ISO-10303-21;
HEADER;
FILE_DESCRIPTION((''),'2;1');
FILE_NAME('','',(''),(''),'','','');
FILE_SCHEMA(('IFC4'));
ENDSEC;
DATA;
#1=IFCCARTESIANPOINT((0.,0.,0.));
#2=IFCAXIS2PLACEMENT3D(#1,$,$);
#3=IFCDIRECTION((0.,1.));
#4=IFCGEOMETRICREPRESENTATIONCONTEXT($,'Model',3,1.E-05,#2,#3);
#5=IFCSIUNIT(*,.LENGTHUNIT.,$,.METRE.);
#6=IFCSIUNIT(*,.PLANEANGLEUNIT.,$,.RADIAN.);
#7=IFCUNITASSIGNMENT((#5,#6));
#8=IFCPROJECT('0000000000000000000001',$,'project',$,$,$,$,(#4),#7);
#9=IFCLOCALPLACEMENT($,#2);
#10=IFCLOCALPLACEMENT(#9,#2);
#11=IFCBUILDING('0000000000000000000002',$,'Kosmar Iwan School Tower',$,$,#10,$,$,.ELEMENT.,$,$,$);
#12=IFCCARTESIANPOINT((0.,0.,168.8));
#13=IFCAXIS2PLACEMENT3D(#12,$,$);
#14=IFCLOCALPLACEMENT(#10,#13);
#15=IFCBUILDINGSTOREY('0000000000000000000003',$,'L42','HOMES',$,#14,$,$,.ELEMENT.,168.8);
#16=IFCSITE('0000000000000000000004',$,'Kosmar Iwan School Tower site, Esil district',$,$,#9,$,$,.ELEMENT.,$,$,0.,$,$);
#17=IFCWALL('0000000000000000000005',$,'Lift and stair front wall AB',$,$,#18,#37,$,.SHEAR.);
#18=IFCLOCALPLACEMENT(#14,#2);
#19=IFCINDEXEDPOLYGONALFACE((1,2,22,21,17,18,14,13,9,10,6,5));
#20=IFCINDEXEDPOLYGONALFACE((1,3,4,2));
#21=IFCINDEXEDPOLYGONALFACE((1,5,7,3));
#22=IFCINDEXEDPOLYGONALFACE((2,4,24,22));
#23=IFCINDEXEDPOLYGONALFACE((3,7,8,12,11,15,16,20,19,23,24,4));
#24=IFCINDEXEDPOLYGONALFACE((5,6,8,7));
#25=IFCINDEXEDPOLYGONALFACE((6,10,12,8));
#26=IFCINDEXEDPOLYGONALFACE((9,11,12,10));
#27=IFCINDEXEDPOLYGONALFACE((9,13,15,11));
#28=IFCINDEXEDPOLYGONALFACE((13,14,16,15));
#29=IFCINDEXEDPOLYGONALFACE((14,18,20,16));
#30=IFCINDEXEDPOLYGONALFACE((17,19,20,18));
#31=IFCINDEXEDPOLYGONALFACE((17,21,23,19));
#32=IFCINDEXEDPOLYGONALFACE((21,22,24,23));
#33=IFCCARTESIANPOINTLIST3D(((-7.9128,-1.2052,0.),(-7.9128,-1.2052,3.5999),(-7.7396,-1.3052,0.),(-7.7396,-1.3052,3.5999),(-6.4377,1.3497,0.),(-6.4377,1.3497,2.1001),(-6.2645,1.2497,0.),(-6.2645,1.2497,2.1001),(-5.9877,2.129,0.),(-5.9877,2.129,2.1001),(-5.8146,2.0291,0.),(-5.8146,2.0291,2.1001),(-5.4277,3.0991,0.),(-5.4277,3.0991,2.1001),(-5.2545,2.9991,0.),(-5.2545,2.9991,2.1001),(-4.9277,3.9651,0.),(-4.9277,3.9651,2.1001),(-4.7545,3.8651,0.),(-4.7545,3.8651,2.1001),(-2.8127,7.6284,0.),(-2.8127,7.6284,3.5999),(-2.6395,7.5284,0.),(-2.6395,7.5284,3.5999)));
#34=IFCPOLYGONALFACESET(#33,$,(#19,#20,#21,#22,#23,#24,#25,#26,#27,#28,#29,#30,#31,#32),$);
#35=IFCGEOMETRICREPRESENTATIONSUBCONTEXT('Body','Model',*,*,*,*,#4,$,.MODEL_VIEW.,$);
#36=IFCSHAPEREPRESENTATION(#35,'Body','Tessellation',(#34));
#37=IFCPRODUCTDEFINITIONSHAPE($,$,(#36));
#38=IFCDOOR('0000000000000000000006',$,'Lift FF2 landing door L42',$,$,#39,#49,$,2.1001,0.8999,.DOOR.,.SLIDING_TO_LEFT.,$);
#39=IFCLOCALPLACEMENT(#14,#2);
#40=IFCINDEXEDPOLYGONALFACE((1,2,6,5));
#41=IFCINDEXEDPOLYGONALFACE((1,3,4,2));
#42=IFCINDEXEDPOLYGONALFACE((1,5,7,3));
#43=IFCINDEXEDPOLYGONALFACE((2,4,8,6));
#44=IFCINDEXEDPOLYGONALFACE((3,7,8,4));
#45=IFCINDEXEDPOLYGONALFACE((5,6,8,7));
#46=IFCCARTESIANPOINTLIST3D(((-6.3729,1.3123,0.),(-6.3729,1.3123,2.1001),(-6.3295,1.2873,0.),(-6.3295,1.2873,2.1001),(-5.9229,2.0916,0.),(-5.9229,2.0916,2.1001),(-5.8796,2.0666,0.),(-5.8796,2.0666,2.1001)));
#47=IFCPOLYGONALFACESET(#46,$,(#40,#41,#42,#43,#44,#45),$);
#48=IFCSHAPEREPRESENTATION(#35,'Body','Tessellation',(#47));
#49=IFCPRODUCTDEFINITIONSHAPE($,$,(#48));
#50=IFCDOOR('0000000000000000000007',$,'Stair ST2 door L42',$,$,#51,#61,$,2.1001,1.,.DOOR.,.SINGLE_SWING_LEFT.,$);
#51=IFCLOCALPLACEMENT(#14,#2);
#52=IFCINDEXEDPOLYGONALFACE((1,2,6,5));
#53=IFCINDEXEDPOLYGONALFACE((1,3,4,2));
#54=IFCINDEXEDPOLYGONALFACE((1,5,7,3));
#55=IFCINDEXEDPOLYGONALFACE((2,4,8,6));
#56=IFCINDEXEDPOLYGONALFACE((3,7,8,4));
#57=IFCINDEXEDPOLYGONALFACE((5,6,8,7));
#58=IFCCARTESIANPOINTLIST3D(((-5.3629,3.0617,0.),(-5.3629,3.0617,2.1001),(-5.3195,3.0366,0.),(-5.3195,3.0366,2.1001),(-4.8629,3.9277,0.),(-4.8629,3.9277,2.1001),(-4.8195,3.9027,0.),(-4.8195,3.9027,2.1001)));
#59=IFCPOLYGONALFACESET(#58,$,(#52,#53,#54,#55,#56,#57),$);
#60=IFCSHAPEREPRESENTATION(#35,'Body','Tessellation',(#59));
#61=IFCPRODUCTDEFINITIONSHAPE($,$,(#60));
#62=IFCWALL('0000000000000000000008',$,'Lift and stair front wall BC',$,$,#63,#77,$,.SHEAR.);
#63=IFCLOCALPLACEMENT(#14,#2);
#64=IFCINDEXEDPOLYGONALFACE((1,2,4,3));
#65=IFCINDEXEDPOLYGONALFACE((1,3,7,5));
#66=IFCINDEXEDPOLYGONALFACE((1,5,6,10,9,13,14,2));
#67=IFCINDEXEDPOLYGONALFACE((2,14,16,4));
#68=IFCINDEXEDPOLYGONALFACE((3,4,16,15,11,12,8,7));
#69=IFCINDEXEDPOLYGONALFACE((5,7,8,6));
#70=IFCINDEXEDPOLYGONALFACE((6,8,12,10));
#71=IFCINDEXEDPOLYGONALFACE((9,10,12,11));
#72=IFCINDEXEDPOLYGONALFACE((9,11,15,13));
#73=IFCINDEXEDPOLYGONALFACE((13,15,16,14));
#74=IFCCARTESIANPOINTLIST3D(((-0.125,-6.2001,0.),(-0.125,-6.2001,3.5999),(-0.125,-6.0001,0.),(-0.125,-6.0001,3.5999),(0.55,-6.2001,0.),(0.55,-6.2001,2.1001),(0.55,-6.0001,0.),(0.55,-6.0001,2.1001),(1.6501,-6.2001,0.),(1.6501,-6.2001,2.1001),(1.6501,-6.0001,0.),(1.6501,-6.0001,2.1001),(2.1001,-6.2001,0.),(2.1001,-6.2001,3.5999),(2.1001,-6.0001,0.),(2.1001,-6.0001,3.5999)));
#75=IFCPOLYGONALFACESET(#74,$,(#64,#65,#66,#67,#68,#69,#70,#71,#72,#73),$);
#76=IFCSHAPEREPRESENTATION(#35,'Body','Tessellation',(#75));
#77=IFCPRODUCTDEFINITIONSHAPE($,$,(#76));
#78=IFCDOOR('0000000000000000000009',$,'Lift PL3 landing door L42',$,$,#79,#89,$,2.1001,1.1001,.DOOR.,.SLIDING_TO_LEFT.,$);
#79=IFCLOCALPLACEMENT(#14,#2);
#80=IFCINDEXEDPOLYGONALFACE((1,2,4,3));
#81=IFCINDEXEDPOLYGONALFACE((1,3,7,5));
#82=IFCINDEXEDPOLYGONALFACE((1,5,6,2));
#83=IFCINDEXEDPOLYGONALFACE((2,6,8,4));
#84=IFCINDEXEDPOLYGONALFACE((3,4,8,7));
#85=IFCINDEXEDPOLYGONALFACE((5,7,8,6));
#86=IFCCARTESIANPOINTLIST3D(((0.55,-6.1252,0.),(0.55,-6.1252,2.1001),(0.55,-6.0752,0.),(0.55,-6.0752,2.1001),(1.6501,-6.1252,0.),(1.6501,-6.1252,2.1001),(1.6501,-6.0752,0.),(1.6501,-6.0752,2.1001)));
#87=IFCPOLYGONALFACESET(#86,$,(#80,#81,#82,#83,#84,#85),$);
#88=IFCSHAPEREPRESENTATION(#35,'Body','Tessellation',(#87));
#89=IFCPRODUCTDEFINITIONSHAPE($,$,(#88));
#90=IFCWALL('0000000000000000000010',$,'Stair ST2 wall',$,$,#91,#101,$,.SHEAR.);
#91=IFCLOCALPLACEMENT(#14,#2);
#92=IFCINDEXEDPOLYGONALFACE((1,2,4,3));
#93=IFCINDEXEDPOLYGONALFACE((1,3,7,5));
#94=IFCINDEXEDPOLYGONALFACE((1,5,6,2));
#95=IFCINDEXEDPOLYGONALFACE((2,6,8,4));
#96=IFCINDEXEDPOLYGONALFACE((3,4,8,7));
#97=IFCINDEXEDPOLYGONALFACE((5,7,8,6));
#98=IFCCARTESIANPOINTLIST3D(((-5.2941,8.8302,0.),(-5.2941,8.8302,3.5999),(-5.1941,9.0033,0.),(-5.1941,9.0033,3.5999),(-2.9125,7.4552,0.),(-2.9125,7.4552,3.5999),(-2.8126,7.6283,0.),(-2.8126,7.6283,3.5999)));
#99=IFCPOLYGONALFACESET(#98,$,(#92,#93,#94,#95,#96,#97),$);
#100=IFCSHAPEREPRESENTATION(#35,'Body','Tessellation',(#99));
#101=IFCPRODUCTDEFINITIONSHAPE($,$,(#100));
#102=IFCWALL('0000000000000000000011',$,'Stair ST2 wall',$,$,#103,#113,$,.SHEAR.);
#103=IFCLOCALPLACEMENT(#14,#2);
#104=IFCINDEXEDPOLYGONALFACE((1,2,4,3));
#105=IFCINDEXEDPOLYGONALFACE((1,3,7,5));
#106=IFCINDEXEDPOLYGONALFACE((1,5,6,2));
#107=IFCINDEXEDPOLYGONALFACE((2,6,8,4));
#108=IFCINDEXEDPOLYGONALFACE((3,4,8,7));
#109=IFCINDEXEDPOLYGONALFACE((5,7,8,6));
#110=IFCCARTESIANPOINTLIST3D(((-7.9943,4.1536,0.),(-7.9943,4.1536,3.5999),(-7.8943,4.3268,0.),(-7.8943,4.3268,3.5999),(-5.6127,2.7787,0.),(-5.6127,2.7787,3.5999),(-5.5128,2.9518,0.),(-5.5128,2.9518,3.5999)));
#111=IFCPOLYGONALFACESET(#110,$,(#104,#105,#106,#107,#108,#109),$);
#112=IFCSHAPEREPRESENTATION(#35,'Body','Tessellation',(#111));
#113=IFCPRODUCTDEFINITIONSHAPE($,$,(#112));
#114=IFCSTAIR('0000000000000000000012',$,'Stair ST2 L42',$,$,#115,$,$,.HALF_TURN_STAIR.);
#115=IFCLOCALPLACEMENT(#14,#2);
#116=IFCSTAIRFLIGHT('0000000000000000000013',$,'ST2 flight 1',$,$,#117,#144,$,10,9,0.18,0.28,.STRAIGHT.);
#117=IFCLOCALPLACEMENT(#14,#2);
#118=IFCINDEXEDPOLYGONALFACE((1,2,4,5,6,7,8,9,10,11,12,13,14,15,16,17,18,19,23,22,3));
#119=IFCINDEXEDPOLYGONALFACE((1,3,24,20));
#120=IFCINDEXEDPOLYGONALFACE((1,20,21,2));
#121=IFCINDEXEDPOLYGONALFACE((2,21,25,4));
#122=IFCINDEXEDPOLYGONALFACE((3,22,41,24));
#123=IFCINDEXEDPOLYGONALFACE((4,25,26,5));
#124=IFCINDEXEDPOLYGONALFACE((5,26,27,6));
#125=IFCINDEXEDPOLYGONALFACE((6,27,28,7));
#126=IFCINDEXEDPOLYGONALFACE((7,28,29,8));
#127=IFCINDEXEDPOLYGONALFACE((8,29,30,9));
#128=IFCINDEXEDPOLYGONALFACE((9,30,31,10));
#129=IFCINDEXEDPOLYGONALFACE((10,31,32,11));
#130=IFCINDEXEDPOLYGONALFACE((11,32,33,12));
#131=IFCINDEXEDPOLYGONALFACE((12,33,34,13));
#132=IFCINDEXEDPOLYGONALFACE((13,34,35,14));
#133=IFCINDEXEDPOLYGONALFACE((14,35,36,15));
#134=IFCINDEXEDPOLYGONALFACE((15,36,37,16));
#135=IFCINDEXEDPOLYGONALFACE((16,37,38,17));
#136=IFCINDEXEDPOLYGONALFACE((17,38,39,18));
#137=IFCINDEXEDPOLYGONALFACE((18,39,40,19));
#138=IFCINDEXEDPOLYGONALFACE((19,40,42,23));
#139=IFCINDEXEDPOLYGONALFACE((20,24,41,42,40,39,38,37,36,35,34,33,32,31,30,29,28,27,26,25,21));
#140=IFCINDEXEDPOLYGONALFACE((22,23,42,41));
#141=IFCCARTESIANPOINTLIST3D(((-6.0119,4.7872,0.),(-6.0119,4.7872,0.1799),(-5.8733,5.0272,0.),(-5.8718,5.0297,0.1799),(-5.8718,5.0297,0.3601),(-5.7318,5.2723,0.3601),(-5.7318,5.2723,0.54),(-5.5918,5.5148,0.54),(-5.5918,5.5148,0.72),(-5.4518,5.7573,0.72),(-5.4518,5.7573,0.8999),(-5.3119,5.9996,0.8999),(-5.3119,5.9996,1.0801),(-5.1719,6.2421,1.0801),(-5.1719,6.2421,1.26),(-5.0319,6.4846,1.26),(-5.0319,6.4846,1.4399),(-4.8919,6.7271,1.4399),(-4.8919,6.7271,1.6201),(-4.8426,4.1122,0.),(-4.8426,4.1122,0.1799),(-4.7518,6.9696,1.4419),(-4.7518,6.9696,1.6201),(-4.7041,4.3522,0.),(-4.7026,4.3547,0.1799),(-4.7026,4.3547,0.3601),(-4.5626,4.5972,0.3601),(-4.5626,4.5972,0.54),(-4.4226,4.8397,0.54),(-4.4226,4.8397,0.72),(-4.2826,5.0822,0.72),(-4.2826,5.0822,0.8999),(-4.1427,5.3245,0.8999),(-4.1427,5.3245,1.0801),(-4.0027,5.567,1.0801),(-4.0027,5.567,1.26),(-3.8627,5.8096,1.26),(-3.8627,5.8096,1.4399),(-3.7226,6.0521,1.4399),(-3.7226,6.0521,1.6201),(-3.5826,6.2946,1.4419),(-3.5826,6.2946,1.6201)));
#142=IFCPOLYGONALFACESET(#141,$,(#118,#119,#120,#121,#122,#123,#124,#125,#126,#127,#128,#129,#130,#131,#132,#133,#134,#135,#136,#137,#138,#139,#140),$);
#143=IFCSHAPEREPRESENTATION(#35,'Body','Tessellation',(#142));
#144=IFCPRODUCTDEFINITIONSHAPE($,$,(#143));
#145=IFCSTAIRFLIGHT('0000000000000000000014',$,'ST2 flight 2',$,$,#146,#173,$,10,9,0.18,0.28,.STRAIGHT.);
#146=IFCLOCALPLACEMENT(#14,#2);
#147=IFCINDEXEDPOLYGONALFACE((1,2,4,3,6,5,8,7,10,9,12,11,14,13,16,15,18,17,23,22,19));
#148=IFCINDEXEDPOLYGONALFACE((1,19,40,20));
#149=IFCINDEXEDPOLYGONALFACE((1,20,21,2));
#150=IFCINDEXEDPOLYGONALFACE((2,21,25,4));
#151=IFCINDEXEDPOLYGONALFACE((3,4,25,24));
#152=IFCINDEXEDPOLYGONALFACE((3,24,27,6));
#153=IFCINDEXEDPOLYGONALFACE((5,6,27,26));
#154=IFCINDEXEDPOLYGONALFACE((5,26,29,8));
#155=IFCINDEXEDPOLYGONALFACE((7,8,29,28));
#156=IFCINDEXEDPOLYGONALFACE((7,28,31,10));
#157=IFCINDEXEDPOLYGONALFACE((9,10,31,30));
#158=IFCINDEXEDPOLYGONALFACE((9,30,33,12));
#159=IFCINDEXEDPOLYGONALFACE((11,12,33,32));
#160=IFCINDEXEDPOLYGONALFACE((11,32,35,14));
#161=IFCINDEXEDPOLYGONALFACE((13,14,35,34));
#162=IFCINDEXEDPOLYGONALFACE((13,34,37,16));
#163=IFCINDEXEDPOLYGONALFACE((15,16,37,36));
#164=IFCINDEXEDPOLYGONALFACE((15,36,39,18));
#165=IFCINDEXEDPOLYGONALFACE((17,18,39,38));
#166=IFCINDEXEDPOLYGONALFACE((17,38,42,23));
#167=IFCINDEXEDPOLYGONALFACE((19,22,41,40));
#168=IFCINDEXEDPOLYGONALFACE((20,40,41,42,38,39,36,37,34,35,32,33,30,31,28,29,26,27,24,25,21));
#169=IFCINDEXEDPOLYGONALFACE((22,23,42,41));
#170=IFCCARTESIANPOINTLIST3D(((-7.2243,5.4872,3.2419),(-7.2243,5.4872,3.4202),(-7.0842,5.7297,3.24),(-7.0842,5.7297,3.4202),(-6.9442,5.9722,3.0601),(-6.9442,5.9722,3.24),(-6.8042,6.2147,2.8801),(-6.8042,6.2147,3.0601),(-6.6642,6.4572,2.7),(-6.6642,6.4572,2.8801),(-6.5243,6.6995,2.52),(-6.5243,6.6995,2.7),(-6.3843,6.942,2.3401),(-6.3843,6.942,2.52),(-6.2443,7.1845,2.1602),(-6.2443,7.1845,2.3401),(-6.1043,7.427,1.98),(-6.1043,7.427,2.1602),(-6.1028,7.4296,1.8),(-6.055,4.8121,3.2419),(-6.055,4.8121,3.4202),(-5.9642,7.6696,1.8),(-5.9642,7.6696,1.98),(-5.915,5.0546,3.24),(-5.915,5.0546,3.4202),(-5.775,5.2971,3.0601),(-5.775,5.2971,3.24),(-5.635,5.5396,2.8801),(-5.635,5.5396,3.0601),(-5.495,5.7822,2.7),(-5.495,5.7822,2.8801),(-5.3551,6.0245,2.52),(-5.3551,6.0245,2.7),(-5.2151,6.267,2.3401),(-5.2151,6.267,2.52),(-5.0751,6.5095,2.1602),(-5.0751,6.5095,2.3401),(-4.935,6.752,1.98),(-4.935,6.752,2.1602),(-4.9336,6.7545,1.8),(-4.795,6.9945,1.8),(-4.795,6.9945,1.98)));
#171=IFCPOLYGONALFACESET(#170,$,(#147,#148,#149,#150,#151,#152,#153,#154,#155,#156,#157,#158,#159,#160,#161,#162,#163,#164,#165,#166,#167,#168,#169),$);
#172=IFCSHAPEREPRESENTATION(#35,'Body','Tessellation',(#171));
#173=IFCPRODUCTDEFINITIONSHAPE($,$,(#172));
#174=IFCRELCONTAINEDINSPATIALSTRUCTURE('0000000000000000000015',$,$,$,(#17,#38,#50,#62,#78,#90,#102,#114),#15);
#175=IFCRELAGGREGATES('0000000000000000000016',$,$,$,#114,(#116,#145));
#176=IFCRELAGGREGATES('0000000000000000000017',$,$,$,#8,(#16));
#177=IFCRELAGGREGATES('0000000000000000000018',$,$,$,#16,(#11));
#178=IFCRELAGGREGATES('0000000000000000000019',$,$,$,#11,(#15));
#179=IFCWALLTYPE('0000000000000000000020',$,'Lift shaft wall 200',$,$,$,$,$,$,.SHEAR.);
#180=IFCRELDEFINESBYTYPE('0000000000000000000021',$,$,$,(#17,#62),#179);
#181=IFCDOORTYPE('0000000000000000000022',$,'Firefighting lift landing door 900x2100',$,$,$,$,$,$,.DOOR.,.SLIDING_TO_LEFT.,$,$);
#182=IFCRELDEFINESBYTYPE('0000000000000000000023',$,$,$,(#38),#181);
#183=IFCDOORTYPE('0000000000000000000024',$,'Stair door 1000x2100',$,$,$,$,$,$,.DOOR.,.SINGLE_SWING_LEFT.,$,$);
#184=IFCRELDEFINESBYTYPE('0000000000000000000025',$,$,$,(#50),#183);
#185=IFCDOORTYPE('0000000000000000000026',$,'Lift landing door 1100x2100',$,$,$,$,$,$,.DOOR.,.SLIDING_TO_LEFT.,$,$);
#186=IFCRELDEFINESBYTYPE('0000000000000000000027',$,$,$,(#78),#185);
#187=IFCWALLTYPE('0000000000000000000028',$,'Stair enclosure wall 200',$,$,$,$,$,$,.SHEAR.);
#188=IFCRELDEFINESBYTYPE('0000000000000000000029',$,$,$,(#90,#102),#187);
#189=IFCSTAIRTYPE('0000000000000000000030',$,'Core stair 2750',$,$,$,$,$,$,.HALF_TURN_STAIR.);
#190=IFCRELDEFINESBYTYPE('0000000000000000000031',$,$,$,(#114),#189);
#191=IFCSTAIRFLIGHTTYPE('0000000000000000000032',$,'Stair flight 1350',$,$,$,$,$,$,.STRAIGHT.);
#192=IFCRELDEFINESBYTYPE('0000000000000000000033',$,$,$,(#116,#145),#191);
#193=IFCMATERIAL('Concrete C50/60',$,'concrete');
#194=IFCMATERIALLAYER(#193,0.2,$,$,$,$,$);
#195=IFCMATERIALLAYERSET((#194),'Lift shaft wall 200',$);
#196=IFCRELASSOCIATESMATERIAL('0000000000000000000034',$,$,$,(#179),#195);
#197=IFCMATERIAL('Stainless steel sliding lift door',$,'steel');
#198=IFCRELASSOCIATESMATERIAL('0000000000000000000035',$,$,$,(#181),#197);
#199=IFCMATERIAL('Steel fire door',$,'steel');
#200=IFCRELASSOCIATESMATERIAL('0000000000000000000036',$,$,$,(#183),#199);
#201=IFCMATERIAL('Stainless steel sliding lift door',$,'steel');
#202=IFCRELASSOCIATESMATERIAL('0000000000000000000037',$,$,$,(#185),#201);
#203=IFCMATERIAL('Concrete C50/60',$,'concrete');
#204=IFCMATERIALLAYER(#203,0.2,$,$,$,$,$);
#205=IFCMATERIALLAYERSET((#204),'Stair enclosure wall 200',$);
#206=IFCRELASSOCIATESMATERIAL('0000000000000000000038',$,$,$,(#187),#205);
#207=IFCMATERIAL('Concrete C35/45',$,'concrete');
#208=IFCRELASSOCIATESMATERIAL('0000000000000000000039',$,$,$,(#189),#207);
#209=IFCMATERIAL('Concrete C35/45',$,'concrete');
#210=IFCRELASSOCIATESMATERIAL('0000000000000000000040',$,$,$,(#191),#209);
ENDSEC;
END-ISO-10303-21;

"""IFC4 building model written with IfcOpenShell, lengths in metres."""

from ifc_helpers import new_model, si_unit, direction, frame, frame_2d, origin, place, context, subcontext, project, spatial, polyline, rectangle, outline, extrude, material, layer, layer_set, type_object, element, fill, aggregate, save


model = new_model("IFC4")

# Units and contexts
model_context = context("Model", 3, precision=1e-05, world=origin(), true_north=direction((0.0, 1.0)))
body_context = subcontext(model_context, "Body", "Model", "MODEL_VIEW")
ifc_project = project(units=[si_unit("LENGTHUNIT", "METRE"), si_unit("PLANEANGLEUNIT", "RADIAN")], contexts=[model_context])

# Site, building, storey
site_placement = place(None, origin())
site = spatial("IfcSite", under=ifc_project, at=site_placement, Name="Kosmar Iwan School Tower site, Esil district", CompositionType="ELEMENT", RefElevation=0.0)
building_placement = place(site_placement, origin())
building = spatial("IfcBuilding", under=site, at=building_placement, Name="Kosmar Iwan School Tower", CompositionType="ELEMENT")
storey_placement = place(building_placement, frame((0.0, 0.0, 168.8)))
storey = spatial("IfcBuildingStorey", under=building, at=storey_placement, Name="L42", Description="HOMES", CompositionType="ELEMENT", Elevation=168.8)

# Wall, openings, doors
ifc_material_1 = material(Name="Concrete C50/60", Category="concrete")
ifc_layer_1 = layer(ifc_material_1, 0.2)
ifc_layer_set_1 = layer_set([ifc_layer_1], Name="Lift shaft wall 200")
wall_type_1 = type_object("IfcWallType", Name="Lift shaft wall 200", PredefinedType="SHEAR", material=ifc_layer_set_1)
wall_1_placement = place(storey_placement, frame((-2.7261, 7.5784, 0.0), z_axis=(0.0, 0.0, 1.0), x_axis=(-0.500006, -0.866022, 0.0)))
wall_1 = element("IfcWall", 1, at=wall_1_placement, inside=storey, type_object=wall_type_1, Name="Lift and stair front wall AB", PredefinedType="SHEAR", context=body_context, shape_type="SweptSolid", body=[
    extrude(rectangle(XDim=10.2002, YDim=0.2, at=frame_2d((5.1001, 0.0))), origin(), (0.0, 0.0, 1.0), 3.5999),
])
opening_1_placement = place(wall_1_placement, frame((6.3501, 0.0, 0.0)))
opening_1 = element("IfcOpeningElement", 2, at=opening_1_placement, cuts=wall_1, PredefinedType="OPENING", context=body_context, shape_type="SweptSolid", body=[
    extrude(rectangle(XDim=0.8999, YDim=2.1001, at=frame_2d((0.45, 1.05))), frame((0.0, 0.1121, 0.0), z_axis=(0.0, -1.0, 0.0), x_axis=(1.0, 0.0, 0.0)), (0.0, 0.0, 1.0), 0.2239),
])
opening_2_placement = place(wall_1_placement, frame((4.23, 0.0, 0.0)))
opening_2 = element("IfcOpeningElement", 3, at=opening_2_placement, cuts=wall_1, PredefinedType="OPENING", context=body_context, shape_type="SweptSolid", body=[
    extrude(rectangle(XDim=1.0, YDim=2.1001, at=frame_2d((0.5, 1.05))), frame((0.0, 0.1121, 0.0), z_axis=(0.0, -1.0, 0.0), x_axis=(1.0, 0.0, 0.0)), (0.0, 0.0, 1.0), 0.2239),
])
ifc_material_2 = material(Name="Stainless steel sliding lift door", Category="steel")
door_type_1 = type_object("IfcDoorType", Name="Firefighting lift landing door 900x2100", OperationType="SLIDING_TO_LEFT", PredefinedType="DOOR", material=ifc_material_2)
door_1_placement = place(opening_1_placement, origin())
door_1 = element("IfcDoor", 4, at=door_1_placement, inside=storey, type_object=door_type_1, Name="Lift FF2 landing door L42", OperationType="SLIDING_TO_LEFT", OverallHeight=2.1001, OverallWidth=0.8999, PredefinedType="DOOR", context=body_context, shape_type="SweptSolid", body=[
    extrude(rectangle(XDim=0.8999, YDim=2.1001, at=frame_2d((0.45, 1.05))), frame((0.0, 0.0249, 0.0), z_axis=(0.0, -1.0, 0.0), x_axis=(1.0, 0.0, 0.0)), (0.0, 0.0, 1.0), 0.05),
])
fill(opening_1, door_1)
ifc_material_3 = material(Name="Steel fire door", Category="steel")
door_type_2 = type_object("IfcDoorType", Name="Stair door 1000x2100", OperationType="SINGLE_SWING_LEFT", PredefinedType="DOOR", material=ifc_material_3)
door_2_placement = place(opening_2_placement, origin())
door_2 = element("IfcDoor", 5, at=door_2_placement, inside=storey, type_object=door_type_2, Name="Stair ST2 door L42", OperationType="SINGLE_SWING_LEFT", OverallHeight=2.1001, OverallWidth=1.0, PredefinedType="DOOR", context=body_context, shape_type="SweptSolid", body=[
    extrude(rectangle(XDim=1.0, YDim=2.1001, at=frame_2d((0.5, 1.05))), frame((0.0, 0.0249, 0.0), z_axis=(0.0, -1.0, 0.0), x_axis=(1.0, 0.0, 0.0)), (0.0, 0.0, 1.0), 0.05),
])
fill(opening_2, door_2)

# Wall, opening, door
wall_2_placement = place(storey_placement, frame((-0.125, -6.1001, 0.0), z_axis=(0.0, 0.0, 1.0), x_axis=(1.0, 0.0, 0.0)))
wall_2 = element("IfcWall", 6, at=wall_2_placement, inside=storey, type_object=wall_type_1, Name="Lift and stair front wall BC", PredefinedType="SHEAR", context=body_context, shape_type="SweptSolid", body=[
    extrude(rectangle(XDim=2.2251, YDim=0.2, at=frame_2d((1.1125, 0.0))), origin(), (0.0, 0.0, 1.0), 3.5999),
])
opening_3_placement = place(wall_2_placement, frame((0.675, 0.0, 0.0)))
opening_3 = element("IfcOpeningElement", 7, at=opening_3_placement, cuts=wall_2, PredefinedType="OPENING", context=body_context, shape_type="SweptSolid", body=[
    extrude(rectangle(XDim=1.1001, YDim=2.1001, at=frame_2d((0.55, 1.05))), frame((0.0, 0.1121, 0.0), z_axis=(0.0, -1.0, 0.0), x_axis=(1.0, 0.0, 0.0)), (0.0, 0.0, 1.0), 0.2239),
])
ifc_material_4 = material(Name="Stainless steel sliding lift door", Category="steel")
door_type_3 = type_object("IfcDoorType", Name="Lift landing door 1100x2100", OperationType="SLIDING_TO_LEFT", PredefinedType="DOOR", material=ifc_material_4)
door_3_placement = place(opening_3_placement, origin())
door_3 = element("IfcDoor", 8, at=door_3_placement, inside=storey, type_object=door_type_3, Name="Lift PL3 landing door L42", OperationType="SLIDING_TO_LEFT", OverallHeight=2.1001, OverallWidth=1.1001, PredefinedType="DOOR", context=body_context, shape_type="SweptSolid", body=[
    extrude(rectangle(XDim=1.1001, YDim=2.1001, at=frame_2d((0.55, 1.05))), frame((0.0, 0.0249, 0.0), z_axis=(0.0, -1.0, 0.0), x_axis=(1.0, 0.0, 0.0)), (0.0, 0.0, 1.0), 0.05),
])
fill(opening_3, door_3)

# Walls
ifc_material_5 = material(Name="Concrete C50/60", Category="concrete")
ifc_layer_2 = layer(ifc_material_5, 0.2)
ifc_layer_set_2 = layer_set([ifc_layer_2], Name="Stair enclosure wall 200")
wall_type_2 = type_object("IfcWallType", Name="Stair enclosure wall 200", PredefinedType="SHEAR", material=ifc_layer_set_2)
for number, where, z_axis, x_axis, name in (
    (9, (-2.8625, 7.5417, 0.0), (0.0, 0.0, 1.0), (-0.866027, 0.499997, 0.0), "Stair ST2 wall"),
    (10, (-5.5627, 2.8652, 0.0), (0.0, 0.0, 1.0), (-0.866027, 0.499997, 0.0), "Stair ST2 wall"),
):
    element("IfcWall", number, at=place(storey_placement, frame(where, z_axis=z_axis, x_axis=x_axis)), inside=storey, type_object=wall_type_2, Name=name, PredefinedType="SHEAR", context=body_context, shape_type="SweptSolid", body=[
        extrude(rectangle(XDim=2.75, YDim=0.2, at=frame_2d((1.375, 0.0))), origin(), (0.0, 0.0, 1.0), 3.5999),
    ])

# Stair, stair flights
ifc_material_6 = material(Name="Concrete C35/45", Category="concrete")
stair_type = type_object("IfcStairType", Name="Core stair 2750", PredefinedType="HALF_TURN_STAIR", material=ifc_material_6)
stair_placement = place(storey_placement, origin())
stair = element("IfcStair", 11, at=stair_placement, inside=storey, type_object=stair_type, Name="Stair ST2 L42", PredefinedType="HALF_TURN_STAIR")
ifc_material_7 = material(Name="Concrete C35/45", Category="concrete")
stair_flight_type = type_object("IfcStairFlightType", Name="Stair flight 1350", PredefinedType="STRAIGHT", material=ifc_material_7)
stair_flight_1_placement = place(storey_placement, frame((-5.4272, 4.4497, 0.0), z_axis=(0.0, 0.0, 1.0), x_axis=(0.5, 0.866025, 0.0)))
stair_flight_1 = element("IfcStairFlight", 12, at=stair_flight_1_placement, type_object=stair_flight_type, Name="ST2 flight 1", NumberOfRisers=10, NumberOfTreads=9, PredefinedType="STRAIGHT", RiserHeight=0.18, TreadLength=0.28, context=body_context, shape_type="SweptSolid", body=[
    extrude(outline(polyline([(0.0, 0.0), (0.0, 0.1799), (0.28, 0.1799), (0.28, 0.3601), (0.5601, 0.3601), (0.5601, 0.54), (0.8401, 0.54), (0.8401, 0.72), (1.1201, 0.72), (1.1201, 0.8999), (1.3999, 0.8999), (1.3999, 1.0801), (1.6799, 1.0801), (1.6799, 1.26), (1.96, 1.26), (1.96, 1.4399), (2.24, 1.4399), (2.24, 1.6201), (2.52, 1.6201), (2.52, 1.8), (2.52, 1.4419), (0.2771, 0.0), (0.0, 0.0)])), frame((0.0, 0.675, 0.0), z_axis=(0.0, -1.0, 0.0), x_axis=(1.0, 0.0, 0.0)), (0.0, 0.0, 1.0), 1.3501),
])
stair_flight_2_placement = place(storey_placement, frame((-5.3796, 7.332, 1.8), z_axis=(0.0, 0.0, 1.0), x_axis=(-0.5, -0.866025, 0.0)))
stair_flight_2 = element("IfcStairFlight", 13, at=stair_flight_2_placement, type_object=stair_flight_type, Name="ST2 flight 2", NumberOfRisers=10, NumberOfTreads=9, PredefinedType="STRAIGHT", RiserHeight=0.18, TreadLength=0.28, context=body_context, shape_type="SweptSolid", body=[
    extrude(outline(polyline([(0.0, 0.0), (0.0, 0.1799), (0.28, 0.1799), (0.28, 0.3601), (0.5601, 0.3601), (0.5601, 0.54), (0.8401, 0.54), (0.8401, 0.72), (1.1201, 0.72), (1.1201, 0.8999), (1.3999, 0.8999), (1.3999, 1.0801), (1.6799, 1.0801), (1.6799, 1.26), (1.96, 1.26), (1.96, 1.4399), (2.24, 1.4399), (2.24, 1.6201), (2.52, 1.6201), (2.52, 1.8), (2.52, 1.4419), (0.2771, 0.0), (0.0, 0.0)])), frame((0.0, 0.675, 0.0), z_axis=(0.0, -1.0, 0.0), x_axis=(1.0, 0.0, 0.0)), (0.0, 0.0, 1.0), 1.3501),
])
aggregate(stair, [stair_flight_1, stair_flight_2])

save(model, "model.ifc")
